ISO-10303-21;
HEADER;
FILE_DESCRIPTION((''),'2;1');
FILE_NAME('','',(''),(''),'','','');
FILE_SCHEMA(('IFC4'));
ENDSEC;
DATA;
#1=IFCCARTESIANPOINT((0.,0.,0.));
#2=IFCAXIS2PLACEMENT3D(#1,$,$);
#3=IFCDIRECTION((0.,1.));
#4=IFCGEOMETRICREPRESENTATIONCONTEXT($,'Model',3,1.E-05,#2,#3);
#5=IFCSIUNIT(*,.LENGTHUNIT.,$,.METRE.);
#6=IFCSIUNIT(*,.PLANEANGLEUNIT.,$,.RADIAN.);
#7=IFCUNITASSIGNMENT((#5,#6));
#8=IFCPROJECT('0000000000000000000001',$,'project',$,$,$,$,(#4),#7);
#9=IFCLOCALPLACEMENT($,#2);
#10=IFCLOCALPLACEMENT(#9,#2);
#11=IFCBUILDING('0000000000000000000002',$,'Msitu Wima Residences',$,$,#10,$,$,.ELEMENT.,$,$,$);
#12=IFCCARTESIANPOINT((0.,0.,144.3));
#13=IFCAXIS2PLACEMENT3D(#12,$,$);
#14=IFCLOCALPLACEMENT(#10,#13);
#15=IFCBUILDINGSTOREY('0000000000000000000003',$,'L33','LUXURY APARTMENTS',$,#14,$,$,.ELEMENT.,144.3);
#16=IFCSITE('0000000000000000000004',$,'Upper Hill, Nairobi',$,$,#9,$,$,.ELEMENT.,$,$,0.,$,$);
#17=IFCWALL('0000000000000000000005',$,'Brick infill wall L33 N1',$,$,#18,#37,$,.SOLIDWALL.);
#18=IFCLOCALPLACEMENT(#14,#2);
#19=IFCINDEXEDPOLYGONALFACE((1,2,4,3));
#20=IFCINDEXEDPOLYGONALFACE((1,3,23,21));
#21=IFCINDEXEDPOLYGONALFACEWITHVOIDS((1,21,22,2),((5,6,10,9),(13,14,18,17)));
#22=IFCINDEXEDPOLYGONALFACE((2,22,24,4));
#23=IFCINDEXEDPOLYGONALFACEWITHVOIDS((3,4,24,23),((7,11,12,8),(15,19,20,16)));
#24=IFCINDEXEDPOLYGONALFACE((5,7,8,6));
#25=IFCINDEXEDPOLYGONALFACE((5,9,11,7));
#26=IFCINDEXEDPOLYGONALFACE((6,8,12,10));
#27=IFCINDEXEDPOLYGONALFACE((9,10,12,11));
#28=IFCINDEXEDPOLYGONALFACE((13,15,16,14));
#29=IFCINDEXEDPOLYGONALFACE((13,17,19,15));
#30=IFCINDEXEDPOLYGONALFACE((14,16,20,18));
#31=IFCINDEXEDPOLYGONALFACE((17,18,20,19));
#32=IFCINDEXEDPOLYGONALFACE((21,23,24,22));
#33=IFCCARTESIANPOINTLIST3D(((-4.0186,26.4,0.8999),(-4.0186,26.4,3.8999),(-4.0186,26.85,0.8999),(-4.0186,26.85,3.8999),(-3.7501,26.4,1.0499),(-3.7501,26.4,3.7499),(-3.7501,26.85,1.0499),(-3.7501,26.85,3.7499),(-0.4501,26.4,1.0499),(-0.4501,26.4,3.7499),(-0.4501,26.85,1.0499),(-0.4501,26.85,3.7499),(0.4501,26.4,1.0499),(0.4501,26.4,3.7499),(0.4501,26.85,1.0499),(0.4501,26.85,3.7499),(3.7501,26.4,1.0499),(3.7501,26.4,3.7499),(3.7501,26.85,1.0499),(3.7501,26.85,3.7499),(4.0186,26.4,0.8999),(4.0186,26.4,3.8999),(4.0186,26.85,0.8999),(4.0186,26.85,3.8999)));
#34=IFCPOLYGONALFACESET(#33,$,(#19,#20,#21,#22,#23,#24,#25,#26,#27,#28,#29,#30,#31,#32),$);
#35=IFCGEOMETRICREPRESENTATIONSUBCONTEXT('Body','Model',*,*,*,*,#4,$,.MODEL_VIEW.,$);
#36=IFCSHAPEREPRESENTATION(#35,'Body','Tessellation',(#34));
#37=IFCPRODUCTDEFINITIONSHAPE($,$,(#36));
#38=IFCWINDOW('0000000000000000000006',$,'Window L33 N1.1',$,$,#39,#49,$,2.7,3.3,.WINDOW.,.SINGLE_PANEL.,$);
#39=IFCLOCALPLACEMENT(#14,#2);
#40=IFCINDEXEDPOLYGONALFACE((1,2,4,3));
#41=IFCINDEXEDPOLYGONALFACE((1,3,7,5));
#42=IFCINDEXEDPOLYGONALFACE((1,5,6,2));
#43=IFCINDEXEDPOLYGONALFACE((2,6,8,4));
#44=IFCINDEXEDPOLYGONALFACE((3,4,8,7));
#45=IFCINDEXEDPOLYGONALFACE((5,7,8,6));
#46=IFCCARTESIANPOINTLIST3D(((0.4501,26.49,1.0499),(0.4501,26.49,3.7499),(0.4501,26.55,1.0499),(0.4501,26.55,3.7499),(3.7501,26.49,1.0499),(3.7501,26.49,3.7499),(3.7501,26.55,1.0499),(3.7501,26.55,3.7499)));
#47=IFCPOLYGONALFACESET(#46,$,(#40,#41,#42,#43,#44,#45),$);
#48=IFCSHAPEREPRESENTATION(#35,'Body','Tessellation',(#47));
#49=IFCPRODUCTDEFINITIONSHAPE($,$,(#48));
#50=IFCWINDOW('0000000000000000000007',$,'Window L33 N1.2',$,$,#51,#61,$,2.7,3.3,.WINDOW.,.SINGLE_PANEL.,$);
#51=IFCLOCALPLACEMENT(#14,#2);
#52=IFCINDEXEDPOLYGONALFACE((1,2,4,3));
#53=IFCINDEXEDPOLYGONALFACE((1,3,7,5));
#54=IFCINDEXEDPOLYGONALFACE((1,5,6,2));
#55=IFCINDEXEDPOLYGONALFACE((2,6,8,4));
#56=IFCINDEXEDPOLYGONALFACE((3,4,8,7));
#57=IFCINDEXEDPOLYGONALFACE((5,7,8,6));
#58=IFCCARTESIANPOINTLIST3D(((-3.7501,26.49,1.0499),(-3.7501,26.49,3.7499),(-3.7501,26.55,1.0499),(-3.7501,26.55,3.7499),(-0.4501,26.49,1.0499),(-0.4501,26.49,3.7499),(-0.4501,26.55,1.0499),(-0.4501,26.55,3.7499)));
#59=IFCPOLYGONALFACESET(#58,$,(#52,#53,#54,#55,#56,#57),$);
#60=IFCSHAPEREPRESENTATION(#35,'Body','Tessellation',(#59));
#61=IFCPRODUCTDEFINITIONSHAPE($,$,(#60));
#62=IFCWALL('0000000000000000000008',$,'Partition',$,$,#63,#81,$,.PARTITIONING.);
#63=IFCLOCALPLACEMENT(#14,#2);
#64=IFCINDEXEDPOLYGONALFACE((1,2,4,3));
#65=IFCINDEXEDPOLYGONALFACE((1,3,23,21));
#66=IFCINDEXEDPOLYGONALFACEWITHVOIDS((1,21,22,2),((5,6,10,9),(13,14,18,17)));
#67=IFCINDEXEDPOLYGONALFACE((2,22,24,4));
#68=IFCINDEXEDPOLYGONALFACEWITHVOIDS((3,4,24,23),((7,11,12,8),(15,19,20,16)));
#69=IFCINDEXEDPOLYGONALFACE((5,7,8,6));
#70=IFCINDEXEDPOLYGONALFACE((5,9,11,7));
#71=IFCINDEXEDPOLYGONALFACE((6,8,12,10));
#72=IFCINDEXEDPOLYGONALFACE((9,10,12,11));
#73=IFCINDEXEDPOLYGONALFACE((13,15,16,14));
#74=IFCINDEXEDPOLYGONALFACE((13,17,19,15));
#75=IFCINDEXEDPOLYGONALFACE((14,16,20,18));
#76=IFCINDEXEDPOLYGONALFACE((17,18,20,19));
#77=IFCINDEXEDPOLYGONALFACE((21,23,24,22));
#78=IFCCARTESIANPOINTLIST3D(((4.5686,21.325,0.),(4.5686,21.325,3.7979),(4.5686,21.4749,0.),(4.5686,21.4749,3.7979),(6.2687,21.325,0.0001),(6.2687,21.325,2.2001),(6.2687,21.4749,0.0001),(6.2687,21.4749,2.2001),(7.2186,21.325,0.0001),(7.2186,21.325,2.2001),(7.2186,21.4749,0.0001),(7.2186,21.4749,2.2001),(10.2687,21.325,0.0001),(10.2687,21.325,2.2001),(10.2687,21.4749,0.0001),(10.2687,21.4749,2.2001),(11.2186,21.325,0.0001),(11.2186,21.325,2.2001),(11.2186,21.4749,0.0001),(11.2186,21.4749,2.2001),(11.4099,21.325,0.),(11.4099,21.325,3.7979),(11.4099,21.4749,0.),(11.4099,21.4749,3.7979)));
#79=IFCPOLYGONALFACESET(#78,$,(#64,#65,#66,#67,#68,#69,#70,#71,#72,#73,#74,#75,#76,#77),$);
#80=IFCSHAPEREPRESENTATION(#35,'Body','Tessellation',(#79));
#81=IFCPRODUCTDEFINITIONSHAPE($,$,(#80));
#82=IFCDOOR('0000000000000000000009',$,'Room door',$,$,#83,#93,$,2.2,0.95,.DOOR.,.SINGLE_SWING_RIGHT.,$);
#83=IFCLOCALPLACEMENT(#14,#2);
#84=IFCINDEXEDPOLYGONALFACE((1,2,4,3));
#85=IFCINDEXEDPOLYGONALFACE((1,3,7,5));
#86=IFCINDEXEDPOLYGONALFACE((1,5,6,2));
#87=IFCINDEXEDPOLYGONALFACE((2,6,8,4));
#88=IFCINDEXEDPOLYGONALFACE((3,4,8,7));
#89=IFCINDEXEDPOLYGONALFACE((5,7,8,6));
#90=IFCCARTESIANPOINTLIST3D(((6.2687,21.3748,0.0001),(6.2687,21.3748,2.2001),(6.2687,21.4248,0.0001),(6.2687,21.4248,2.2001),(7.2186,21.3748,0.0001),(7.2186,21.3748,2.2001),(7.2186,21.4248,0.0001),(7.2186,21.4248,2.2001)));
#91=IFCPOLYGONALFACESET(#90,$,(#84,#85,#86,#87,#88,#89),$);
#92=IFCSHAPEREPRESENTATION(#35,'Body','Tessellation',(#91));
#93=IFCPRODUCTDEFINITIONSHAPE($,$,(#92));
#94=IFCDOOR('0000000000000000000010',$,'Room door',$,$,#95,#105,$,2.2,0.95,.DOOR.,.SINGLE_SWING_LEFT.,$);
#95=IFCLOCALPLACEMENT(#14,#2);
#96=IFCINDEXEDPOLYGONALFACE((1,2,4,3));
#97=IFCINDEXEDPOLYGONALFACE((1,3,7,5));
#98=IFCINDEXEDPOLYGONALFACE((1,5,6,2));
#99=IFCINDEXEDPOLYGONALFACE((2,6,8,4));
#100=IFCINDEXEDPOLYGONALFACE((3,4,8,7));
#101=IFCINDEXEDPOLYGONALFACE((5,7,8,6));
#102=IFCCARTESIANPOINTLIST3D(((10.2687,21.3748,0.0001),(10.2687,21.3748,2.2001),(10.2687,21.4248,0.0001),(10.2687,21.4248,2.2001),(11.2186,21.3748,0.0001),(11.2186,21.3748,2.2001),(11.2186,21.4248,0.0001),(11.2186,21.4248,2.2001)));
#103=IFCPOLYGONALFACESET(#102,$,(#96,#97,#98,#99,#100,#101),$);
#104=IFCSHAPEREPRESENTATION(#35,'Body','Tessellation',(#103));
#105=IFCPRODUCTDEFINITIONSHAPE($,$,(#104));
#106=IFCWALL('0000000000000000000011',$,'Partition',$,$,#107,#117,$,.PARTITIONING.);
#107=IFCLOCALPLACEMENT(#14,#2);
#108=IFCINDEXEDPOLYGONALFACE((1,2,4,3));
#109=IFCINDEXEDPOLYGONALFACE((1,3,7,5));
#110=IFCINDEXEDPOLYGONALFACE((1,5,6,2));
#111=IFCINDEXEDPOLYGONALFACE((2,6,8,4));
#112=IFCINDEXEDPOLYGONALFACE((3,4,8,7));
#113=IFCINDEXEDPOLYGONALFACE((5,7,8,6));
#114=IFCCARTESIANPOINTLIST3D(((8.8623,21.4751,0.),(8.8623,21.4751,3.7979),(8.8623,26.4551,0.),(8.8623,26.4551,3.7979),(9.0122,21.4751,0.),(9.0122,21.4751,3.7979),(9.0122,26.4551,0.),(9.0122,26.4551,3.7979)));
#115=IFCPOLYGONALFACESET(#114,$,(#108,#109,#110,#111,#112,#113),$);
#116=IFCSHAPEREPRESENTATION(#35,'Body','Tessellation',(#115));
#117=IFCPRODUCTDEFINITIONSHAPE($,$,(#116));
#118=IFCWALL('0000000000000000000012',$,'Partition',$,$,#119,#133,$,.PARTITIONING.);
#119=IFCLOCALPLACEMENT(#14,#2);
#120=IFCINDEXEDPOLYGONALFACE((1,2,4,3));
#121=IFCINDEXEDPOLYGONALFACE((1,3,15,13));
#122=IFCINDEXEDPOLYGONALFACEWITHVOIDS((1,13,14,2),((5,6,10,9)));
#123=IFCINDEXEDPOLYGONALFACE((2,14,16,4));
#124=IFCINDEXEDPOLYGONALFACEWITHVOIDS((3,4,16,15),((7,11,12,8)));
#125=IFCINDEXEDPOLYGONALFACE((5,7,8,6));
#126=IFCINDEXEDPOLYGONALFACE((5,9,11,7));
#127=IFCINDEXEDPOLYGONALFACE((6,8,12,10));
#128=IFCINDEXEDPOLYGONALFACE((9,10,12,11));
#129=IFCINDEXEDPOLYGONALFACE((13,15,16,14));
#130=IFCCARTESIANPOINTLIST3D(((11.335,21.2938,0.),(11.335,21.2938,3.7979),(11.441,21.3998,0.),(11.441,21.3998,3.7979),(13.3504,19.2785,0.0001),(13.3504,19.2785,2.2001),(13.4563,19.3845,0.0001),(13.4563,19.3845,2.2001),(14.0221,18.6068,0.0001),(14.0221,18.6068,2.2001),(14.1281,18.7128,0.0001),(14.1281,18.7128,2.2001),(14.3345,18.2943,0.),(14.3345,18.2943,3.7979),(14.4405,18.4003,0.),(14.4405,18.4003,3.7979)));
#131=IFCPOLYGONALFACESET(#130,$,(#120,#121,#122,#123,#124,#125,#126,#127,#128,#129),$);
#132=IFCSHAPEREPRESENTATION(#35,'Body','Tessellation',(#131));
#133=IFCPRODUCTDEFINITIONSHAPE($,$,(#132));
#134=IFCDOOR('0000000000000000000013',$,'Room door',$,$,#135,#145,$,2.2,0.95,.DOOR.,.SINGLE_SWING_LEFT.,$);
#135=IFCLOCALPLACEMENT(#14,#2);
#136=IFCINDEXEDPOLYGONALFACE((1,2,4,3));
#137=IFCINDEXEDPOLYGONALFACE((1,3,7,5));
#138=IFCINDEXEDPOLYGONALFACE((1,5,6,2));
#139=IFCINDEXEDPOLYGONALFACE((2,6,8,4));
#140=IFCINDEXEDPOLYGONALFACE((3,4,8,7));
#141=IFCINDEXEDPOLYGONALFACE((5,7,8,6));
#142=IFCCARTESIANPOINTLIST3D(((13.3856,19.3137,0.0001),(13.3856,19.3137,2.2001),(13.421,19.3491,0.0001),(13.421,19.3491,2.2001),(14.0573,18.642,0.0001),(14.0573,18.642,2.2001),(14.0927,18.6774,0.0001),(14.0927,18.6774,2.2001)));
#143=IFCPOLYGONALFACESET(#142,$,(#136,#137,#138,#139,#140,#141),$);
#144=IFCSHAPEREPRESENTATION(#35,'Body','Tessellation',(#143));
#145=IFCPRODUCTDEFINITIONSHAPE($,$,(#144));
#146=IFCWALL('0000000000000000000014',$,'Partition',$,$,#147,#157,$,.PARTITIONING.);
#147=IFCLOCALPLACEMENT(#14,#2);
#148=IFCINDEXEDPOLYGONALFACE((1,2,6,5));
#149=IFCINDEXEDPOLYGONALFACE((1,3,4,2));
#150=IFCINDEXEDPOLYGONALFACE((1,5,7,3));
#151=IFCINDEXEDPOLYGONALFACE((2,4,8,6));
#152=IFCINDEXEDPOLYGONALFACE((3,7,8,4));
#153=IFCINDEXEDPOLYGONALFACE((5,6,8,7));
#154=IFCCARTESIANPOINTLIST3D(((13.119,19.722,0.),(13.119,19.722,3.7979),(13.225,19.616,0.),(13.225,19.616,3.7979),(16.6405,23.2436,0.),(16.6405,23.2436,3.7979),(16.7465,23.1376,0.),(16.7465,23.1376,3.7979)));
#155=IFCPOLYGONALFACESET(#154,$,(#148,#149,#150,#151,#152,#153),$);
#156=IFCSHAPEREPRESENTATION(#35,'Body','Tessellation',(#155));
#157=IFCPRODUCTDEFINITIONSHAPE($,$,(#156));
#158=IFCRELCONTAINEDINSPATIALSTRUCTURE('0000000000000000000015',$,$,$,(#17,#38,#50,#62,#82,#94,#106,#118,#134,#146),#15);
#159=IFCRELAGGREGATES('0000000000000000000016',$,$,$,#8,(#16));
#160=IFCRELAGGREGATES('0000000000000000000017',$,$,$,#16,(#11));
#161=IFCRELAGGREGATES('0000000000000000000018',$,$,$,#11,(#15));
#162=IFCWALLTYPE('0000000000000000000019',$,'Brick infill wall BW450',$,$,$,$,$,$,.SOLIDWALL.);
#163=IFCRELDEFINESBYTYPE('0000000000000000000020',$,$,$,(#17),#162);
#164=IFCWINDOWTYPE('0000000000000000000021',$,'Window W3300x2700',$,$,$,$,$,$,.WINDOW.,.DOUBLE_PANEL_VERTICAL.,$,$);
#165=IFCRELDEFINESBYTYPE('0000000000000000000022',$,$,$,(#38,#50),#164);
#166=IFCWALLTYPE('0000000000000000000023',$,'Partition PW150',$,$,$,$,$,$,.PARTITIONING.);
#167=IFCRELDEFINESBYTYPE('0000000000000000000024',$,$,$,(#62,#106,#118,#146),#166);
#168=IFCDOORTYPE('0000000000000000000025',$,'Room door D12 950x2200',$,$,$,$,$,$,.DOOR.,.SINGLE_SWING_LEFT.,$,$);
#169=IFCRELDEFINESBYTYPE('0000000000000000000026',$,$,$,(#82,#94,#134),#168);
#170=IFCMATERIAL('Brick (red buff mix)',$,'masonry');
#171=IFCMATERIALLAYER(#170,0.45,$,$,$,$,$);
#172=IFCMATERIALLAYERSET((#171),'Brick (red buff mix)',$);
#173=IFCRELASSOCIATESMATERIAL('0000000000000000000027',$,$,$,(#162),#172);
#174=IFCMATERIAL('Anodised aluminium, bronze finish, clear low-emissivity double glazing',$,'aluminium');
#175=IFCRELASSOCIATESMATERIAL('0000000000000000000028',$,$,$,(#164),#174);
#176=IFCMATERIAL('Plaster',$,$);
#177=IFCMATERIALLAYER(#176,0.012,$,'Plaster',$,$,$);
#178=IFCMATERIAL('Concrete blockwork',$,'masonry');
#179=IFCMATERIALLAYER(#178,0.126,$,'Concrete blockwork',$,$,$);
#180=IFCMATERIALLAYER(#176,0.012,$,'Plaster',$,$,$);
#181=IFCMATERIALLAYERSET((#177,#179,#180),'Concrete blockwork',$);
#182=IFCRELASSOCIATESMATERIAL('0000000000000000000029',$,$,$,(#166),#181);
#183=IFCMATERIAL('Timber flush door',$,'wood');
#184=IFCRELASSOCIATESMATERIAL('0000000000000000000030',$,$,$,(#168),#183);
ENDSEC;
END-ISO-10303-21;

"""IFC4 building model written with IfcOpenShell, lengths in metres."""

from ifc_helpers import new_model, si_unit, direction, frame, frame_2d, origin, place, context, subcontext, project, spatial, rectangle, extrude, material, layer, layer_set, type_object, element, fill, save


model = new_model("IFC4")

# Units and contexts
model_context = context("Model", 3, precision=1e-05, world=origin(), true_north=direction((0.0, 1.0)))
body_context = subcontext(model_context, "Body", "Model", "MODEL_VIEW")
ifc_project = project(units=[si_unit("LENGTHUNIT", "METRE"), si_unit("PLANEANGLEUNIT", "RADIAN")], contexts=[model_context])

# Site, building, storey
site_placement = place(None, origin())
site = spatial("IfcSite", under=ifc_project, at=site_placement, Name="Upper Hill, Nairobi", CompositionType="ELEMENT", RefElevation=0.0)
building_placement = place(site_placement, origin())
building = spatial("IfcBuilding", under=site, at=building_placement, Name="Msitu Wima Residences", CompositionType="ELEMENT")
storey_placement = place(building_placement, frame((0.0, 0.0, 144.3)))
storey = spatial("IfcBuildingStorey", under=building, at=storey_placement, Name="L33", Description="LUXURY APARTMENTS", CompositionType="ELEMENT", Elevation=144.3)

# Shared definitions
ifc_material_1 = material(Name="Brick (red buff mix)", Category="masonry")
ifc_layer_1 = layer(ifc_material_1, 0.45)
ifc_layer_set_1 = layer_set([ifc_layer_1], Name="Brick (red buff mix)")
wall_type_1 = type_object("IfcWallType", Name="Brick infill wall BW450", PredefinedType="SOLIDWALL", material=ifc_layer_set_1)
ifc_material_2 = material(Name="Anodised aluminium, bronze finish, clear low-emissivity double glazing", Category="aluminium")
window_type = type_object("IfcWindowType", Name="Window W3300x2700", PartitioningType="DOUBLE_PANEL_VERTICAL", PredefinedType="WINDOW", material=ifc_material_2)

# Wall, openings, windows
wall_1_placement = place(storey_placement, frame((4.0186, 26.625, 0.8999), z_axis=(0.0, 0.0, 1.0), x_axis=(-1.0, 0.0, 0.0)))
wall_1 = element("IfcWall", 1, at=wall_1_placement, inside=storey, type_object=wall_type_1, Name="Brick infill wall L33 N1", PredefinedType="SOLIDWALL", context=body_context, shape_type="SweptSolid", body=[
    extrude(rectangle(XDim=8.0371, YDim=0.45, at=frame_2d((4.0186, 0.0))), origin(), (0.0, 0.0, 1.0), 3.0),
])
opening_1_placement = place(wall_1_placement, frame((0.2686, 0.0, 0.1499)))
opening_1 = element("IfcOpeningElement", 2, at=opening_1_placement, cuts=wall_1, PredefinedType="OPENING", context=body_context, shape_type="SweptSolid", body=[
    extrude(rectangle(XDim=3.3, YDim=2.7, at=frame_2d((1.6499, 1.3501))), frame((0.0, 0.2349, 0.0), z_axis=(0.0, -1.0, 0.0), x_axis=(1.0, 0.0, 0.0)), (0.0, 0.0, 1.0), 0.47),
])
opening_2_placement = place(wall_1_placement, frame((4.4688, 0.0, 0.1499)))
opening_2 = element("IfcOpeningElement", 3, at=opening_2_placement, cuts=wall_1, PredefinedType="OPENING", context=body_context, shape_type="SweptSolid", body=[
    extrude(rectangle(XDim=3.3, YDim=2.7, at=frame_2d((1.6499, 1.3501))), frame((0.0, 0.2349, 0.0), z_axis=(0.0, -1.0, 0.0), x_axis=(1.0, 0.0, 0.0)), (0.0, 0.0, 1.0), 0.47),
])
window_1_placement = place(opening_1_placement, origin())
window_1 = element("IfcWindow", 4, at=window_1_placement, inside=storey, type_object=window_type, Name="Window L33 N1.1", OverallHeight=2.7, OverallWidth=3.3, PartitioningType="SINGLE_PANEL", PredefinedType="WINDOW", context=body_context, shape_type="SweptSolid", body=[
    extrude(rectangle(XDim=3.3, YDim=2.7, at=frame_2d((1.6499, 1.3501))), frame((0.0, 0.135, 0.0), z_axis=(0.0, -1.0, 0.0), x_axis=(1.0, 0.0, 0.0)), (0.0, 0.0, 1.0), 0.0601),
])
fill(opening_1, window_1)
window_2_placement = place(opening_2_placement, origin())
window_2 = element("IfcWindow", 5, at=window_2_placement, inside=storey, type_object=window_type, Name="Window L33 N1.2", OverallHeight=2.7, OverallWidth=3.3, PartitioningType="SINGLE_PANEL", PredefinedType="WINDOW", context=body_context, shape_type="SweptSolid", body=[
    extrude(rectangle(XDim=3.3, YDim=2.7, at=frame_2d((1.6499, 1.3501))), frame((0.0, 0.135, 0.0), z_axis=(0.0, -1.0, 0.0), x_axis=(1.0, 0.0, 0.0)), (0.0, 0.0, 1.0), 0.0601),
])
fill(opening_2, window_2)

# Wall, openings, doors
ifc_material_3 = material(Name="Plaster")
ifc_layer_2 = layer(ifc_material_3, 0.012, Name="Plaster")
ifc_material_4 = material(Name="Concrete blockwork", Category="masonry")
ifc_layer_3 = layer(ifc_material_4, 0.126, Name="Concrete blockwork")
ifc_layer_4 = layer(ifc_material_3, 0.012, Name="Plaster")
ifc_layer_set_2 = layer_set([ifc_layer_2, ifc_layer_3, ifc_layer_4], Name="Concrete blockwork")
wall_type_2 = type_object("IfcWallType", Name="Partition PW150", PredefinedType="PARTITIONING", material=ifc_layer_set_2)
wall_2_placement = place(storey_placement, frame((4.5686, 21.3999, 0.0), z_axis=(0.0, 0.0, 1.0), x_axis=(1.0, 0.0, 0.0)))
wall_2 = element("IfcWall", 6, at=wall_2_placement, inside=storey, type_object=wall_type_2, Name="Partition", PredefinedType="PARTITIONING", context=body_context, shape_type="SweptSolid", body=[
    extrude(rectangle(XDim=6.8413, YDim=0.1499, at=frame_2d((3.4207, 0.0))), origin(), (0.0, 0.0, 1.0), 3.7979),
])
opening_3_placement = place(wall_2_placement, frame((1.7, 0.0, 0.0)))
opening_3 = element("IfcOpeningElement", 7, at=opening_3_placement, cuts=wall_2, PredefinedType="OPENING", context=body_context, shape_type="SweptSolid", body=[
    extrude(rectangle(XDim=0.95, YDim=2.2, at=frame_2d((0.4751, 1.1001))), frame((0.0, 0.085, 0.0), z_axis=(0.0, -1.0, 0.0), x_axis=(1.0, 0.0, 0.0)), (0.0, 0.0, 1.0), 0.1699),
])
opening_4_placement = place(wall_2_placement, frame((5.7, 0.0, 0.0)))
opening_4 = element("IfcOpeningElement", 8, at=opening_4_placement, cuts=wall_2, PredefinedType="OPENING", context=body_context, shape_type="SweptSolid", body=[
    extrude(rectangle(XDim=0.95, YDim=2.2, at=frame_2d((0.4751, 1.1001))), frame((0.0, 0.085, 0.0), z_axis=(0.0, -1.0, 0.0), x_axis=(1.0, 0.0, 0.0)), (0.0, 0.0, 1.0), 0.1699),
])
ifc_material_5 = material(Name="Timber flush door", Category="wood")
door_type_1 = type_object("IfcDoorType", Name="Room door D12 950x2200", OperationType="SINGLE_SWING_LEFT", PredefinedType="DOOR", material=ifc_material_5)
door_1_placement = place(opening_3_placement, origin())
door_1 = element("IfcDoor", 9, at=door_1_placement, inside=storey, type_object=door_type_1, Name="Room door", OperationType="SINGLE_SWING_RIGHT", OverallHeight=2.2, OverallWidth=0.95, PredefinedType="DOOR", context=body_context, shape_type="SweptSolid", body=[
    extrude(rectangle(XDim=0.95, YDim=2.2, at=frame_2d((0.4751, 1.1001))), frame((0.0, 0.0249, 0.0), z_axis=(0.0, -1.0, 0.0), x_axis=(1.0, 0.0, 0.0)), (0.0, 0.0, 1.0), 0.05),
])
fill(opening_3, door_1)
door_2_placement = place(opening_4_placement, origin())
door_2 = element("IfcDoor", 10, at=door_2_placement, inside=storey, type_object=door_type_1, Name="Room door", OperationType="SINGLE_SWING_LEFT", OverallHeight=2.2, OverallWidth=0.95, PredefinedType="DOOR", context=body_context, shape_type="SweptSolid", body=[
    extrude(rectangle(XDim=0.95, YDim=2.2, at=frame_2d((0.4751, 1.1001))), frame((0.0, 0.0249, 0.0), z_axis=(0.0, -1.0, 0.0), x_axis=(1.0, 0.0, 0.0)), (0.0, 0.0, 1.0), 0.05),
])
fill(opening_4, door_2)

# Wall
wall_3_placement = place(storey_placement, frame((8.9373, 21.4751, 0.0), z_axis=(0.0, 0.0, 1.0), x_axis=(0.0, 1.0, 0.0)))
element("IfcWall", 11, at=wall_3_placement, inside=storey, type_object=wall_type_2, Name="Partition", PredefinedType="PARTITIONING", context=body_context, shape_type="SweptSolid", body=[
    extrude(rectangle(XDim=4.98, YDim=0.1499, at=frame_2d((2.49, 0.0))), origin(), (0.0, 0.0, 1.0), 3.7979),
])

# Wall, opening, door
wall_4_placement = place(storey_placement, frame((11.3879, 21.3469, 0.0), z_axis=(0.0, 0.0, 1.0), x_axis=(0.707107, -0.707107, 0.0)))
wall_4 = element("IfcWall", 12, at=wall_4_placement, inside=storey, type_object=wall_type_2, Name="Partition", PredefinedType="PARTITIONING", context=body_context, shape_type="SweptSolid", body=[
    extrude(rectangle(XDim=4.2419, YDim=0.1499, at=frame_2d((2.1211, 0.0))), origin(), (0.0, 0.0, 1.0), 3.7979),
])
opening_5_placement = place(wall_4_placement, frame((2.8501, 0.0, 0.0)))
opening_5 = element("IfcOpeningElement", 13, at=opening_5_placement, cuts=wall_4, PredefinedType="OPENING", context=body_context, shape_type="SweptSolid", body=[
    extrude(rectangle(XDim=0.95, YDim=2.2, at=frame_2d((0.4751, 1.1001))), frame((0.0, 0.085, 0.0), z_axis=(0.0, -1.0, 0.0), x_axis=(1.0, 0.0, 0.0)), (0.0, 0.0, 1.0), 0.1699),
])
door_3_placement = place(opening_5_placement, origin())
door_3 = element("IfcDoor", 14, at=door_3_placement, inside=storey, type_object=door_type_1, Name="Room door", OperationType="SINGLE_SWING_LEFT", OverallHeight=2.2, OverallWidth=0.95, PredefinedType="DOOR", context=body_context, shape_type="SweptSolid", body=[
    extrude(rectangle(XDim=0.95, YDim=2.2, at=frame_2d((0.4751, 1.1001))), frame((0.0, 0.0249, 0.0), z_axis=(0.0, -1.0, 0.0), x_axis=(1.0, 0.0, 0.0)), (0.0, 0.0, 1.0), 0.05),
])
fill(opening_5, door_3)

# Wall
wall_5_placement = place(storey_placement, frame((13.1719, 19.6689, 0.0), z_axis=(0.0, 0.0, 1.0), x_axis=(0.707107, 0.707107, 0.0)))
element("IfcWall", 15, at=wall_5_placement, inside=storey, type_object=wall_type_2, Name="Partition", PredefinedType="PARTITIONING", context=body_context, shape_type="SweptSolid", body=[
    extrude(rectangle(XDim=4.9802, YDim=0.1499, at=frame_2d((2.4902, 0.0))), origin(), (0.0, 0.0, 1.0), 3.7979),
])

save(model, "model.ifc")
